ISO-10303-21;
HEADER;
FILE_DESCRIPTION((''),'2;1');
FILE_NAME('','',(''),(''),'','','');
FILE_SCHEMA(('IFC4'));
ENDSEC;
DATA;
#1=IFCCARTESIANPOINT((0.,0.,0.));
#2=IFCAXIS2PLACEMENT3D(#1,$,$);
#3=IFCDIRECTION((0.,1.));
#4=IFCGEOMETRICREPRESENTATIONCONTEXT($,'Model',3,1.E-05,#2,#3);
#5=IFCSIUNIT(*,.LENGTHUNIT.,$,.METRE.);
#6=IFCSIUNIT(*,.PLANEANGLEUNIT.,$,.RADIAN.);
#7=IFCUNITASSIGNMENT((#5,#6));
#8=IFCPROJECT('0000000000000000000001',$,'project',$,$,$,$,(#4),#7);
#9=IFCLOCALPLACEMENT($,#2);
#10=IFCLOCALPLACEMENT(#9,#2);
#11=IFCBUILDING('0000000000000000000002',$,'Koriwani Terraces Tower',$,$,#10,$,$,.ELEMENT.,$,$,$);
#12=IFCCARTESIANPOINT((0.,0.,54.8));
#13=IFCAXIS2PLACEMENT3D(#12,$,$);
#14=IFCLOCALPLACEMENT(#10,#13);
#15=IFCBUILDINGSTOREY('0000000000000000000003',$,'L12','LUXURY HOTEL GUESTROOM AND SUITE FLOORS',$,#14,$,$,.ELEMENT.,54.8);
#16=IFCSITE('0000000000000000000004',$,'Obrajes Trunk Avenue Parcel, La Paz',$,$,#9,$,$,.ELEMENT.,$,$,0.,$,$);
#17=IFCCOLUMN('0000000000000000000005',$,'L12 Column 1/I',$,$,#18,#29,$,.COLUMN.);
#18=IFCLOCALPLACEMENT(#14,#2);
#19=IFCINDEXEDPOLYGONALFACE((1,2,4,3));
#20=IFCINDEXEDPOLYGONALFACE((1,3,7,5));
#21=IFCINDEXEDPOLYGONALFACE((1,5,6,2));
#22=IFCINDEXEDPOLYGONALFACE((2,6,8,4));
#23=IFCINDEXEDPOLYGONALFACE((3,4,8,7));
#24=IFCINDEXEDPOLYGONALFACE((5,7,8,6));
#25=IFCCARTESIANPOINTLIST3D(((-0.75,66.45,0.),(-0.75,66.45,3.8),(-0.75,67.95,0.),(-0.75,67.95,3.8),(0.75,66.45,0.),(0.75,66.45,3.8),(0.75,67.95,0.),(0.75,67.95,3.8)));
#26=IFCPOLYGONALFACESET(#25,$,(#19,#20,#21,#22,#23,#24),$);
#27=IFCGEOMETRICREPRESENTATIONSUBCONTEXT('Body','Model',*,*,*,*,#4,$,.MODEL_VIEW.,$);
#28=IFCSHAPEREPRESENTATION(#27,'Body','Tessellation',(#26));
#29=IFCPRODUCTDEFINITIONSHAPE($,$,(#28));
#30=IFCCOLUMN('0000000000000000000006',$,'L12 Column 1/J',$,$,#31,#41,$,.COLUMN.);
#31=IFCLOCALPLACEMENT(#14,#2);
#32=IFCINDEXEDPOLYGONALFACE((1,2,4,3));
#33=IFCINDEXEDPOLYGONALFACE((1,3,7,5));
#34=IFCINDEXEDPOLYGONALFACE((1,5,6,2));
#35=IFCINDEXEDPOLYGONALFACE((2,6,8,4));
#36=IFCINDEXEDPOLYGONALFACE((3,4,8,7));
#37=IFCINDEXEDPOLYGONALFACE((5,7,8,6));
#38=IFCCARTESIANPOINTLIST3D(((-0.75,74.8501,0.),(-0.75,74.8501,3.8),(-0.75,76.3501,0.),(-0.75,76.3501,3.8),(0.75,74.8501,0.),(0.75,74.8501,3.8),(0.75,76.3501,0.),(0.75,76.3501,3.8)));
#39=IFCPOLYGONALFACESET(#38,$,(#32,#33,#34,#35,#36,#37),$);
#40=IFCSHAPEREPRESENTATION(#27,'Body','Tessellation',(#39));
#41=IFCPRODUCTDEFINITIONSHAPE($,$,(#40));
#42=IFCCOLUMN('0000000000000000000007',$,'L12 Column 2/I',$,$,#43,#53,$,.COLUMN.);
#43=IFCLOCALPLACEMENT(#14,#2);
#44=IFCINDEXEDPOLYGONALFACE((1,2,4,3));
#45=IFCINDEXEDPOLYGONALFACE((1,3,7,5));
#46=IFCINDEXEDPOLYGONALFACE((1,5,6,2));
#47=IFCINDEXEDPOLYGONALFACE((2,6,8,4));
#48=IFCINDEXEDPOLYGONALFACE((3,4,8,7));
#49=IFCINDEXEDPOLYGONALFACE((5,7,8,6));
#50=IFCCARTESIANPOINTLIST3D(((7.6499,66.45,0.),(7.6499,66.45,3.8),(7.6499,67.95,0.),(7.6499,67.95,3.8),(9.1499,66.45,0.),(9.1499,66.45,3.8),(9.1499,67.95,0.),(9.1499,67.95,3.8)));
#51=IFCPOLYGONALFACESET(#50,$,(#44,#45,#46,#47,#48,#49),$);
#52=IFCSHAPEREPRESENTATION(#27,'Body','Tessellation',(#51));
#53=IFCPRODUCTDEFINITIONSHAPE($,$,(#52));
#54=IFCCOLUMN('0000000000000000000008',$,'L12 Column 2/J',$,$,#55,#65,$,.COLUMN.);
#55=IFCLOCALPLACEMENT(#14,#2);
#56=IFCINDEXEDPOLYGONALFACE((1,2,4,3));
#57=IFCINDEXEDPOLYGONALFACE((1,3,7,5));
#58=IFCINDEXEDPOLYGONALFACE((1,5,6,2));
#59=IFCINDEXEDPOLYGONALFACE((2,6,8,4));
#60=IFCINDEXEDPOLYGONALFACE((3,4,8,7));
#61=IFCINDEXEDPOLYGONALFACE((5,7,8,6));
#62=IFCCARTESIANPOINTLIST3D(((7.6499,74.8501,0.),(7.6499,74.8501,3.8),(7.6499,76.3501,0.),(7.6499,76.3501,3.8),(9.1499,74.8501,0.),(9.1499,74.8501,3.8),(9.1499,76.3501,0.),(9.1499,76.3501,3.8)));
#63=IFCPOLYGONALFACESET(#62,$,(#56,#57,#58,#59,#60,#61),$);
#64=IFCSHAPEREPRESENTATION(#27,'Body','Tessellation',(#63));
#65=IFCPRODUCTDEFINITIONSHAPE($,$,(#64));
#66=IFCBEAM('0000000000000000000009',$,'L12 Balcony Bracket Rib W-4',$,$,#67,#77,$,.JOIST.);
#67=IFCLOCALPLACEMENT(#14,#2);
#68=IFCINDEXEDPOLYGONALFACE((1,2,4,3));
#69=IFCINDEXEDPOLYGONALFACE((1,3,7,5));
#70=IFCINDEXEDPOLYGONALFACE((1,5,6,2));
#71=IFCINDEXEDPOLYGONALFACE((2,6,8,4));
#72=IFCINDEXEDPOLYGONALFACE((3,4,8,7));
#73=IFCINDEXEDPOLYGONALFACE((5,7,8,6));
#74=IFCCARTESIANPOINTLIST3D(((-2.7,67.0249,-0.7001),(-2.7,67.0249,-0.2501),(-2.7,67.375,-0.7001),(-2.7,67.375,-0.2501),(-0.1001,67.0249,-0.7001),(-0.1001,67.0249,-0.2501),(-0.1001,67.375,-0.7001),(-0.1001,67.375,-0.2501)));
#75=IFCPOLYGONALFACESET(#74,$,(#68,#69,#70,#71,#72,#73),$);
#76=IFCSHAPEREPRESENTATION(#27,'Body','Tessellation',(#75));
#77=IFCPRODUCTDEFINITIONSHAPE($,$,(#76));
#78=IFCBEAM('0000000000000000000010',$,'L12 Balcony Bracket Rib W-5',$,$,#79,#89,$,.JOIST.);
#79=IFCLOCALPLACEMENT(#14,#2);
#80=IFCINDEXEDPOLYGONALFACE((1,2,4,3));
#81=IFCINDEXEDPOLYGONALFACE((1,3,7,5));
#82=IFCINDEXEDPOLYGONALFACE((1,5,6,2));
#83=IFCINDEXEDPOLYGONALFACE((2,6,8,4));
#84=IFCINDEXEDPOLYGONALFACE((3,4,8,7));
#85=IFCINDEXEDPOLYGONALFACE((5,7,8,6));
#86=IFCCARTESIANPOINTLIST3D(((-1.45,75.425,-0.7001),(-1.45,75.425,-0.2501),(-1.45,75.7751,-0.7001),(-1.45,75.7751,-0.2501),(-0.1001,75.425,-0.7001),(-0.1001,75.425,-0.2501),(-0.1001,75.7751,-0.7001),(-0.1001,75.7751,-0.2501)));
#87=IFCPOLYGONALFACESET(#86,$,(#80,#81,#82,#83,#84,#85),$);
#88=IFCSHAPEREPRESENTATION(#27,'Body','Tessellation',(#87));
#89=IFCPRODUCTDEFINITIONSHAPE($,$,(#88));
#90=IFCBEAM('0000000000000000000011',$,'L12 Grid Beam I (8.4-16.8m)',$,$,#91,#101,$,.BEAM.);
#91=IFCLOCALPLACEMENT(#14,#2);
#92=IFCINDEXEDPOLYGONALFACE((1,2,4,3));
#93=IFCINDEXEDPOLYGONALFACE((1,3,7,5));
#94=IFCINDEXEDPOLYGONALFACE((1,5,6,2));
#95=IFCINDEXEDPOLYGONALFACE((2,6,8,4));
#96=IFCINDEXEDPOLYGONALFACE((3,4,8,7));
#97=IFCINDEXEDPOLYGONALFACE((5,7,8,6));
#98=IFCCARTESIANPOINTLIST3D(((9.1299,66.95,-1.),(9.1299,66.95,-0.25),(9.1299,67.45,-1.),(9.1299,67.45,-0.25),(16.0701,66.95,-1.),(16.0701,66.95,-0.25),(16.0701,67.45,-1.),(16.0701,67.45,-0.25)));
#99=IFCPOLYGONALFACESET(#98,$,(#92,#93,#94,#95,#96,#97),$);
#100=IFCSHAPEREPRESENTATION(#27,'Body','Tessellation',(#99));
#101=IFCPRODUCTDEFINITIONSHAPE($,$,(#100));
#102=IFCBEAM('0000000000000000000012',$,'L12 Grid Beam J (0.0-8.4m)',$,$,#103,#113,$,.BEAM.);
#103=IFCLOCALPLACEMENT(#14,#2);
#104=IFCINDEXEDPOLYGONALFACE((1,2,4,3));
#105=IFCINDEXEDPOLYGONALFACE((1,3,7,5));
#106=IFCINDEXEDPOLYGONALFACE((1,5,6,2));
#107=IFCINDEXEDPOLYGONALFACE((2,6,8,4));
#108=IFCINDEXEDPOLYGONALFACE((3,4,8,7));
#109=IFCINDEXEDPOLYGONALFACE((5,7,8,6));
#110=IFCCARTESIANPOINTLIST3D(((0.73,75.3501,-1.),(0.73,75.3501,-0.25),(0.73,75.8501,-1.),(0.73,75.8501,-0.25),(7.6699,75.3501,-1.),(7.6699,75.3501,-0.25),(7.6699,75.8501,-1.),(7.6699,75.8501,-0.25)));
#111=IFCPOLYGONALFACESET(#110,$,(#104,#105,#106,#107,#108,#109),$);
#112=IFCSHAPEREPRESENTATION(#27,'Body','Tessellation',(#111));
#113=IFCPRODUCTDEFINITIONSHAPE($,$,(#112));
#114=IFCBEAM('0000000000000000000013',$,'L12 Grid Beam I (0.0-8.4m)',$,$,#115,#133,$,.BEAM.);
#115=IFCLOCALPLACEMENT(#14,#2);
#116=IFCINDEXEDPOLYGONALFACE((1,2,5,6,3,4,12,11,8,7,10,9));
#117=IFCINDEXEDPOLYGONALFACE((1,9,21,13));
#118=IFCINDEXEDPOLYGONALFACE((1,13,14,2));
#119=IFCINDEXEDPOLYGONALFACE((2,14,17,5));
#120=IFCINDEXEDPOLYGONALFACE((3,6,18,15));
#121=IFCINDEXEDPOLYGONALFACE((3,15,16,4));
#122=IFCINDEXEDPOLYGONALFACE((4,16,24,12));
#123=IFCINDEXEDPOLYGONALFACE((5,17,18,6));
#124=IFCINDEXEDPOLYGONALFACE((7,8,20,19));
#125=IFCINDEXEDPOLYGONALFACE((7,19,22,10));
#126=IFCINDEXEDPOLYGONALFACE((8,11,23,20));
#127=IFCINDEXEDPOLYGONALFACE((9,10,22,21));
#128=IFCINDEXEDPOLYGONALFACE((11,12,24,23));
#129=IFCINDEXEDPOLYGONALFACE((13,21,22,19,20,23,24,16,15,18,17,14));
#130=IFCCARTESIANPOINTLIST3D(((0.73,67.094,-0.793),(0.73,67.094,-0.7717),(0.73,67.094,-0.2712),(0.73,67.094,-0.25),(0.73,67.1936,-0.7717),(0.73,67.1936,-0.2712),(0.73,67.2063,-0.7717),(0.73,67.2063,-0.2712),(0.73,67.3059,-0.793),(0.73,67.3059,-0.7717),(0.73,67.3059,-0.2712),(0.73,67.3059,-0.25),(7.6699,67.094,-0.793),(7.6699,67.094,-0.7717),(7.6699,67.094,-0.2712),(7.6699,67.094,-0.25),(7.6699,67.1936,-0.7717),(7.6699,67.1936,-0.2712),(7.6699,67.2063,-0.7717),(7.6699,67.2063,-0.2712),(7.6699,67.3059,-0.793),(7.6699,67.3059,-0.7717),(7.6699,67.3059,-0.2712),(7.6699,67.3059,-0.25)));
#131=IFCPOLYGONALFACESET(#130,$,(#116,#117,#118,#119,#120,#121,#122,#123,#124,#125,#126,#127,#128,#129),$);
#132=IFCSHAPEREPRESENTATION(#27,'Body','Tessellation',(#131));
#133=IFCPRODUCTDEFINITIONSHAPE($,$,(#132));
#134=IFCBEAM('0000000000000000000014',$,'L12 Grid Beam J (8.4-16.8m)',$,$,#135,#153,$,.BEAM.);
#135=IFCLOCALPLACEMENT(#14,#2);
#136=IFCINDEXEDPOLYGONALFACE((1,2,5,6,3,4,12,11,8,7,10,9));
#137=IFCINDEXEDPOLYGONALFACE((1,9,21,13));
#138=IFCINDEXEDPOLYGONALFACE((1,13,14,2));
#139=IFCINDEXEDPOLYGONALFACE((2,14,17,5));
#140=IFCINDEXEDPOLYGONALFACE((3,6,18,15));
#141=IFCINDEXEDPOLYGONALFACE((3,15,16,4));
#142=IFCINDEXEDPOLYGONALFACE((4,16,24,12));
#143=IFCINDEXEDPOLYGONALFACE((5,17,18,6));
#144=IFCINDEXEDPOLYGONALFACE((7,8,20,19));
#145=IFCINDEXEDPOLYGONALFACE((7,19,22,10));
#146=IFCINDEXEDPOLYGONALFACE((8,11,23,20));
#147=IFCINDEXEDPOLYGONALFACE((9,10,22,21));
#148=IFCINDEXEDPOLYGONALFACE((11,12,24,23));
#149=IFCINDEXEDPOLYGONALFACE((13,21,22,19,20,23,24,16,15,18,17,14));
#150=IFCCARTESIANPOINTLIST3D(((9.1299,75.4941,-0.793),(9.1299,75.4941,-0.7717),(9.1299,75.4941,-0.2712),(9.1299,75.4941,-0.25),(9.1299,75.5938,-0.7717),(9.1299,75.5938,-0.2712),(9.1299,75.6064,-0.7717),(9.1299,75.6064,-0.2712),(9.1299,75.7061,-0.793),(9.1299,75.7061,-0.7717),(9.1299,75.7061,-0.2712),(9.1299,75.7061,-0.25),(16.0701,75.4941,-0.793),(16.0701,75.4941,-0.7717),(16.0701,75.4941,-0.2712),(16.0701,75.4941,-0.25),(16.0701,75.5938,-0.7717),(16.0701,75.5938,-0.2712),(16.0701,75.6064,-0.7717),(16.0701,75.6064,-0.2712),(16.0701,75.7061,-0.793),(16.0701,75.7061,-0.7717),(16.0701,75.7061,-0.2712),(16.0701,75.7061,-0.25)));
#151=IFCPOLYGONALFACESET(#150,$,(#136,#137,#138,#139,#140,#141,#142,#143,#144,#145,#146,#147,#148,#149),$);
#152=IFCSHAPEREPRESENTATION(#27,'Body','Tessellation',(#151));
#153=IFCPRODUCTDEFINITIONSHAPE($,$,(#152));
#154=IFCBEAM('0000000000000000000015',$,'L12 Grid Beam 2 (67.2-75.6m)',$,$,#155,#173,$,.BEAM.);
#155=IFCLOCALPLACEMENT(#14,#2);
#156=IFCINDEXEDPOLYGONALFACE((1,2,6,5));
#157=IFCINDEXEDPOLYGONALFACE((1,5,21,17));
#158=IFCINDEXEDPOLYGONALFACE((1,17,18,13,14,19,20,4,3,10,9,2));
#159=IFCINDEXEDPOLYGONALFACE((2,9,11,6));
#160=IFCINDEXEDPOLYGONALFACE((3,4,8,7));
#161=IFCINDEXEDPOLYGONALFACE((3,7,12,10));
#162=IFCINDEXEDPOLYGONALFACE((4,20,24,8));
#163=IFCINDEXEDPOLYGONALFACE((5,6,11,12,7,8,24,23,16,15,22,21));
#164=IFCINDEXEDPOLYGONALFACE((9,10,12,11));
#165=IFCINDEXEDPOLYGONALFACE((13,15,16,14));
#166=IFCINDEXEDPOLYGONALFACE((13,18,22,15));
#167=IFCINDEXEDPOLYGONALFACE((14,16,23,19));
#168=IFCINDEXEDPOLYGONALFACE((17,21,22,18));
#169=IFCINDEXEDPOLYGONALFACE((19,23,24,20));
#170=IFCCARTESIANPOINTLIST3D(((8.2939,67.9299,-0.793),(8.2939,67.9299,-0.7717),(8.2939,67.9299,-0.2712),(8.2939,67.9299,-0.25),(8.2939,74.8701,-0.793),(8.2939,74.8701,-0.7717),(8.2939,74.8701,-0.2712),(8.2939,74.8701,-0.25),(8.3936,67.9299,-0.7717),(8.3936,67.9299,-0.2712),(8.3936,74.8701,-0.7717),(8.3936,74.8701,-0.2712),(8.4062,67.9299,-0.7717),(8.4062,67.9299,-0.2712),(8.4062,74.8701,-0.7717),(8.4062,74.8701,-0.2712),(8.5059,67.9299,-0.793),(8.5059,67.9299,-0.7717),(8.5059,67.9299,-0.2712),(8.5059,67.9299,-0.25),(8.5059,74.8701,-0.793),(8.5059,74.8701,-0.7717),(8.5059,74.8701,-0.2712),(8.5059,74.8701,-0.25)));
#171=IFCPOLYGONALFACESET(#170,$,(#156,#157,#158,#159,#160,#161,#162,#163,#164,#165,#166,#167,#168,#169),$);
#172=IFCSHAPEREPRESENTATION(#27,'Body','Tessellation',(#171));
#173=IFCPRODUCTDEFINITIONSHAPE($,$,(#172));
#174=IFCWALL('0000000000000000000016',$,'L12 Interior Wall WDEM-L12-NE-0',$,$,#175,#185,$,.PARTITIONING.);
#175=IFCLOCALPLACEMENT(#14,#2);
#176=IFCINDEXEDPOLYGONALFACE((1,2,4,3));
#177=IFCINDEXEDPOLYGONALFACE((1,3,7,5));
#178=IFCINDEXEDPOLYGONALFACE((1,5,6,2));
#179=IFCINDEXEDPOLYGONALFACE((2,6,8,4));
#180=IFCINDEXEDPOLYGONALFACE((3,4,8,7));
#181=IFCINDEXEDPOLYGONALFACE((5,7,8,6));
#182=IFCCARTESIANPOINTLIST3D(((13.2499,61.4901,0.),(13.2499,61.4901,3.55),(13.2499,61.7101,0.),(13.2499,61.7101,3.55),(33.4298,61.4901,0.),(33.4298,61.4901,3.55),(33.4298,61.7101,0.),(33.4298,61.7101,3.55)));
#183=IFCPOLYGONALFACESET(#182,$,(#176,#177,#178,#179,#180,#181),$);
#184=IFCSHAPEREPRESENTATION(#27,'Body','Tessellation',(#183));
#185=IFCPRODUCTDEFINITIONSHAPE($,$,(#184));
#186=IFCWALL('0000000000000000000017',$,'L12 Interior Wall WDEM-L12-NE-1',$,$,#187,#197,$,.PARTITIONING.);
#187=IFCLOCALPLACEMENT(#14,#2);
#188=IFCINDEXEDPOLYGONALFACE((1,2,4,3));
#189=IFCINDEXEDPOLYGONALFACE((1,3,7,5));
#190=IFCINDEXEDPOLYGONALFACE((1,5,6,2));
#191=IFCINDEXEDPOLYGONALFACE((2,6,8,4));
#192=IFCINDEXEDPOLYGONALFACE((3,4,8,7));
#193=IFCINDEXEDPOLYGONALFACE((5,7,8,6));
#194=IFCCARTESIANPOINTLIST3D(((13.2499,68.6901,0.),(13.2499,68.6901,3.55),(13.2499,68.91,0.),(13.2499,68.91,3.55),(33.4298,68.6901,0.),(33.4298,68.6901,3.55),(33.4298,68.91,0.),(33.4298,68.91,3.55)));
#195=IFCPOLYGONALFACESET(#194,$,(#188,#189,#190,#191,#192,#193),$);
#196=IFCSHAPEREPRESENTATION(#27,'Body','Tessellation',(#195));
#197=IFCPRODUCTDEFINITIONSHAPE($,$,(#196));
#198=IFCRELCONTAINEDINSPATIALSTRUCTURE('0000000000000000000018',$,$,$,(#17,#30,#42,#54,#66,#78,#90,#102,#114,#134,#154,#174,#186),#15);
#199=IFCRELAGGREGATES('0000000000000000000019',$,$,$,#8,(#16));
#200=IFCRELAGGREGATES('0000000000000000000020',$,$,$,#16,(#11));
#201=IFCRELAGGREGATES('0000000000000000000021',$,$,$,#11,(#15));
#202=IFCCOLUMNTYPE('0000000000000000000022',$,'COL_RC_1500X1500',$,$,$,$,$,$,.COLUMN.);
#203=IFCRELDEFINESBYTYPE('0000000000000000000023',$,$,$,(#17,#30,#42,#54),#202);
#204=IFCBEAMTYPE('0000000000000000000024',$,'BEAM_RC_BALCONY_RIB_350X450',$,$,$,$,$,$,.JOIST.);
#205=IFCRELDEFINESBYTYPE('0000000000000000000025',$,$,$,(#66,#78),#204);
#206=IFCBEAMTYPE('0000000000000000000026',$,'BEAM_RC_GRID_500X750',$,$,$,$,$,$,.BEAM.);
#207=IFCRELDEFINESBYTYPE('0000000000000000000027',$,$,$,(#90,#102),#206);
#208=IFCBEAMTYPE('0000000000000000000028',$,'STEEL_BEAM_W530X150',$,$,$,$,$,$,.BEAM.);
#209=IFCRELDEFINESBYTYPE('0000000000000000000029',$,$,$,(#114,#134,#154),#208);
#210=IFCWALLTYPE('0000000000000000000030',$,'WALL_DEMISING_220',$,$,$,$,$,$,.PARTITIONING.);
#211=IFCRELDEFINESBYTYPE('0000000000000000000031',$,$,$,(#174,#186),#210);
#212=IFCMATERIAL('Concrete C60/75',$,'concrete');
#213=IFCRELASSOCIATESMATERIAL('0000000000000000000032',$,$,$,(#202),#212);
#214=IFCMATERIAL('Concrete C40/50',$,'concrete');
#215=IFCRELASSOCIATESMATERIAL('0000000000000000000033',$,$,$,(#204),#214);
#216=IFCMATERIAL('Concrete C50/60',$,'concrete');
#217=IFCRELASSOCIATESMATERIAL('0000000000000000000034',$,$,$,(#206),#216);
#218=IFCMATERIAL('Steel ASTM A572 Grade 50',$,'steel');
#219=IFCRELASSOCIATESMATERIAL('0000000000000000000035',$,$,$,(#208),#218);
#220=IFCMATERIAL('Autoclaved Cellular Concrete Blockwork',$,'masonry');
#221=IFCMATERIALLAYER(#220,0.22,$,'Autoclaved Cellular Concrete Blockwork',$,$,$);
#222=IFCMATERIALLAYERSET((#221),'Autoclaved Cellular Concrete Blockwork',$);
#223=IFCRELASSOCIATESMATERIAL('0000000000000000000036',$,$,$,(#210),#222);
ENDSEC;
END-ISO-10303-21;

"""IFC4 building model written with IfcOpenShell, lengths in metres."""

from ifc_helpers import new_model, si_unit, direction, frame, frame_2d, origin, origin_2d, place, context, subcontext, project, spatial, rectangle, i_section, extrude, material, layer, layer_set, material_profile, profile_set, type_object, element, save


model = new_model("IFC4")

# Units and contexts
model_context = context("Model", 3, precision=1e-05, world=origin(), true_north=direction((0.0, 1.0)))
body_context = subcontext(model_context, "Body", "Model", "MODEL_VIEW")
ifc_project = project(units=[si_unit("LENGTHUNIT", "METRE"), si_unit("PLANEANGLEUNIT", "RADIAN")], contexts=[model_context])

# Site, building, storey
site_placement = place(None, origin())
site = spatial("IfcSite", under=ifc_project, at=site_placement, Name="Obrajes Trunk Avenue Parcel, La Paz", CompositionType="ELEMENT", RefElevation=0.0)
building_placement = place(site_placement, origin())
building = spatial("IfcBuilding", under=site, at=building_placement, Name="Koriwani Terraces Tower", CompositionType="ELEMENT")
storey_placement = place(building_placement, frame((0.0, 0.0, 54.8)))
storey = spatial("IfcBuildingStorey", under=building, at=storey_placement, Name="L12", Description="LUXURY HOTEL GUESTROOM AND SUITE FLOORS", CompositionType="ELEMENT", Elevation=54.8)

# Columns
ifc_material_1 = material(Name="Concrete C60/75", Category="concrete")
ifc_material_profile_1 = material_profile(ifc_material_1, rectangle(XDim=1.5, YDim=1.5, at=origin_2d()), Name="Concrete C60/75", Category="LoadBearing")
ifc_profile_set_1 = profile_set([ifc_material_profile_1], Name="Concrete C60/75")
column_type = type_object("IfcColumnType", Name="COL_RC_1500X1500", PredefinedType="COLUMN", material=ifc_profile_set_1)
for number, where, z_axis, x_axis, name in (
    (1, (0.0, 67.2, 0.0), (0.0, 0.0, 1.0), (1.0, 0.0, 0.0), "L12 Column 1/I"),
    (2, (0.0, 75.6001, 0.0), (0.0, 0.0, 1.0), (1.0, 0.0, 0.0), "L12 Column 1/J"),
    (3, (8.3999, 67.2, 0.0), (0.0, 0.0, 1.0), (1.0, 0.0, 0.0), "L12 Column 2/I"),
    (4, (8.3999, 75.6001, 0.0), (0.0, 0.0, 1.0), (1.0, 0.0, 0.0), "L12 Column 2/J"),
):
    element("IfcColumn", number, at=place(storey_placement, frame(where, z_axis=z_axis, x_axis=x_axis)), inside=storey, type_object=column_type, Name=name, PredefinedType="COLUMN", context=body_context, shape_type="SweptSolid", body=[
        extrude(rectangle(XDim=1.5, YDim=1.5, at=origin_2d()), origin(), (0.0, 0.0, 1.0), 3.8),
    ])

# Beams
ifc_material_2 = material(Name="Concrete C40/50", Category="concrete")
ifc_material_profile_2 = material_profile(ifc_material_2, rectangle(XDim=0.3501, YDim=0.45, at=origin_2d()), Name="Concrete C40/50", Category="LoadBearing")
ifc_profile_set_2 = profile_set([ifc_material_profile_2], Name="Concrete C40/50")
beam_type_1 = type_object("IfcBeamType", Name="BEAM_RC_BALCONY_RIB_350X450", PredefinedType="JOIST", material=ifc_profile_set_2)
beam_1_placement = place(storey_placement, frame((-2.7, 67.2, -0.4751), z_axis=(1.0, 0.0, 0.0), x_axis=(0.0, 1.0, 0.0)))
element("IfcBeam", 5, at=beam_1_placement, inside=storey, type_object=beam_type_1, Name="L12 Balcony Bracket Rib W-4", PredefinedType="JOIST", context=body_context, shape_type="SweptSolid", body=[
    extrude(rectangle(XDim=0.3501, YDim=0.45, at=origin_2d()), origin(), (0.0, 0.0, 1.0), 2.5999),
])
beam_2_placement = place(storey_placement, frame((-1.45, 75.6001, -0.4751), z_axis=(1.0, 0.0, 0.0), x_axis=(0.0, 1.0, 0.0)))
element("IfcBeam", 6, at=beam_2_placement, inside=storey, type_object=beam_type_1, Name="L12 Balcony Bracket Rib W-5", PredefinedType="JOIST", context=body_context, shape_type="SweptSolid", body=[
    extrude(rectangle(XDim=0.3501, YDim=0.45, at=origin_2d()), origin(), (0.0, 0.0, 1.0), 1.3499),
])
ifc_material_3 = material(Name="Concrete C50/60", Category="concrete")
ifc_material_profile_3 = material_profile(ifc_material_3, rectangle(XDim=0.5, YDim=0.75, at=origin_2d()), Name="Concrete C50/60", Category="LoadBearing")
ifc_profile_set_3 = profile_set([ifc_material_profile_3], Name="Concrete C50/60")
beam_type_2 = type_object("IfcBeamType", Name="BEAM_RC_GRID_500X750", PredefinedType="BEAM", material=ifc_profile_set_3)
beam_3_placement = place(storey_placement, frame((9.1299, 67.2, -0.625), z_axis=(1.0, 0.0, 0.0), x_axis=(0.0, 1.0, 0.0)))
element("IfcBeam", 7, at=beam_3_placement, inside=storey, type_object=beam_type_2, Name="L12 Grid Beam I (8.4-16.8m)", PredefinedType="BEAM", context=body_context, shape_type="SweptSolid", body=[
    extrude(rectangle(XDim=0.5, YDim=0.75, at=origin_2d()), origin(), (0.0, 0.0, 1.0), 6.9402),
])
beam_4_placement = place(storey_placement, frame((0.73, 75.6001, -0.625), z_axis=(1.0, 0.0, 0.0), x_axis=(0.0, 1.0, 0.0)))
element("IfcBeam", 8, at=beam_4_placement, inside=storey, type_object=beam_type_2, Name="L12 Grid Beam J (0.0-8.4m)", PredefinedType="BEAM", context=body_context, shape_type="SweptSolid", body=[
    extrude(rectangle(XDim=0.5, YDim=0.75, at=origin_2d()), origin(), (0.0, 0.0, 1.0), 6.9399),
])
ifc_material_4 = material(Name="Steel ASTM A572 Grade 50", Category="steel")
ifc_material_profile_4 = material_profile(ifc_material_4, i_section(OverallWidth=0.2119, OverallDepth=0.543, WebThickness=0.0127, FlangeThickness=0.0212, at=origin_2d()), Name="Steel ASTM A572 Grade 50", Category="LoadBearing")
ifc_profile_set_4 = profile_set([ifc_material_profile_4], Name="Steel ASTM A572 Grade 50")
beam_type_3 = type_object("IfcBeamType", Name="STEEL_BEAM_W530X150", PredefinedType="BEAM", material=ifc_profile_set_4)
beam_5_placement = place(storey_placement, frame((0.73, 67.2, -0.5215), z_axis=(1.0, 0.0, 0.0), x_axis=(0.0, 1.0, 0.0)))
element("IfcBeam", 9, at=beam_5_placement, inside=storey, type_object=beam_type_3, Name="L12 Grid Beam I (0.0-8.4m)", PredefinedType="BEAM", context=body_context, shape_type="SweptSolid", body=[
    extrude(i_section(OverallWidth=0.2119, OverallDepth=0.543, WebThickness=0.0127, FlangeThickness=0.0212, at=origin_2d()), origin(), (0.0, 0.0, 1.0), 6.9399),
])
for number, where, z_axis, x_axis, name in (
    (10, (9.1299, 75.6001, -0.5215), (1.0, 0.0, 0.0), (0.0, 1.0, 0.0), "L12 Grid Beam J (8.4-16.8m)"),
    (11, (8.3999, 67.9299, -0.5215), (0.0, 1.0, 0.0), (-1.0, 0.0, 0.0), "L12 Grid Beam 2 (67.2-75.6m)"),
):
    element("IfcBeam", number, at=place(storey_placement, frame(where, z_axis=z_axis, x_axis=x_axis)), inside=storey, type_object=beam_type_3, Name=name, PredefinedType="BEAM", context=body_context, shape_type="SweptSolid", body=[
        extrude(i_section(OverallWidth=0.2119, OverallDepth=0.543, WebThickness=0.0127, FlangeThickness=0.0212, at=origin_2d()), origin(), (0.0, 0.0, 1.0), 6.9402),
    ])

# Walls
ifc_material_5 = material(Name="Autoclaved Cellular Concrete Blockwork", Category="masonry")
ifc_layer_1 = layer(ifc_material_5, 0.22, Name="Autoclaved Cellular Concrete Blockwork")
ifc_layer_set_1 = layer_set([ifc_layer_1], Name="Autoclaved Cellular Concrete Blockwork")
wall_type = type_object("IfcWallType", Name="WALL_DEMISING_220", PredefinedType="PARTITIONING", material=ifc_layer_set_1)
for number, where, z_axis, x_axis, name in (
    (12, (13.25, 61.6001, 0.0), (0.0, 0.0, 1.0), (1.0, 0.0, 0.0), "L12 Interior Wall WDEM-L12-NE-0"),
    (13, (13.25, 68.8, 0.0), (0.0, 0.0, 1.0), (1.0, 0.0, 0.0), "L12 Interior Wall WDEM-L12-NE-1"),
):
    element("IfcWall", number, at=place(storey_placement, frame(where, z_axis=z_axis, x_axis=x_axis)), inside=storey, type_object=wall_type, Name=name, PredefinedType="PARTITIONING", context=body_context, shape_type="SweptSolid", body=[
        extrude(rectangle(XDim=20.1799, YDim=0.22, at=frame_2d((10.0898, 0.0))), origin(), (0.0, 0.0, 1.0), 3.55),
    ])

save(model, "model.ifc")
